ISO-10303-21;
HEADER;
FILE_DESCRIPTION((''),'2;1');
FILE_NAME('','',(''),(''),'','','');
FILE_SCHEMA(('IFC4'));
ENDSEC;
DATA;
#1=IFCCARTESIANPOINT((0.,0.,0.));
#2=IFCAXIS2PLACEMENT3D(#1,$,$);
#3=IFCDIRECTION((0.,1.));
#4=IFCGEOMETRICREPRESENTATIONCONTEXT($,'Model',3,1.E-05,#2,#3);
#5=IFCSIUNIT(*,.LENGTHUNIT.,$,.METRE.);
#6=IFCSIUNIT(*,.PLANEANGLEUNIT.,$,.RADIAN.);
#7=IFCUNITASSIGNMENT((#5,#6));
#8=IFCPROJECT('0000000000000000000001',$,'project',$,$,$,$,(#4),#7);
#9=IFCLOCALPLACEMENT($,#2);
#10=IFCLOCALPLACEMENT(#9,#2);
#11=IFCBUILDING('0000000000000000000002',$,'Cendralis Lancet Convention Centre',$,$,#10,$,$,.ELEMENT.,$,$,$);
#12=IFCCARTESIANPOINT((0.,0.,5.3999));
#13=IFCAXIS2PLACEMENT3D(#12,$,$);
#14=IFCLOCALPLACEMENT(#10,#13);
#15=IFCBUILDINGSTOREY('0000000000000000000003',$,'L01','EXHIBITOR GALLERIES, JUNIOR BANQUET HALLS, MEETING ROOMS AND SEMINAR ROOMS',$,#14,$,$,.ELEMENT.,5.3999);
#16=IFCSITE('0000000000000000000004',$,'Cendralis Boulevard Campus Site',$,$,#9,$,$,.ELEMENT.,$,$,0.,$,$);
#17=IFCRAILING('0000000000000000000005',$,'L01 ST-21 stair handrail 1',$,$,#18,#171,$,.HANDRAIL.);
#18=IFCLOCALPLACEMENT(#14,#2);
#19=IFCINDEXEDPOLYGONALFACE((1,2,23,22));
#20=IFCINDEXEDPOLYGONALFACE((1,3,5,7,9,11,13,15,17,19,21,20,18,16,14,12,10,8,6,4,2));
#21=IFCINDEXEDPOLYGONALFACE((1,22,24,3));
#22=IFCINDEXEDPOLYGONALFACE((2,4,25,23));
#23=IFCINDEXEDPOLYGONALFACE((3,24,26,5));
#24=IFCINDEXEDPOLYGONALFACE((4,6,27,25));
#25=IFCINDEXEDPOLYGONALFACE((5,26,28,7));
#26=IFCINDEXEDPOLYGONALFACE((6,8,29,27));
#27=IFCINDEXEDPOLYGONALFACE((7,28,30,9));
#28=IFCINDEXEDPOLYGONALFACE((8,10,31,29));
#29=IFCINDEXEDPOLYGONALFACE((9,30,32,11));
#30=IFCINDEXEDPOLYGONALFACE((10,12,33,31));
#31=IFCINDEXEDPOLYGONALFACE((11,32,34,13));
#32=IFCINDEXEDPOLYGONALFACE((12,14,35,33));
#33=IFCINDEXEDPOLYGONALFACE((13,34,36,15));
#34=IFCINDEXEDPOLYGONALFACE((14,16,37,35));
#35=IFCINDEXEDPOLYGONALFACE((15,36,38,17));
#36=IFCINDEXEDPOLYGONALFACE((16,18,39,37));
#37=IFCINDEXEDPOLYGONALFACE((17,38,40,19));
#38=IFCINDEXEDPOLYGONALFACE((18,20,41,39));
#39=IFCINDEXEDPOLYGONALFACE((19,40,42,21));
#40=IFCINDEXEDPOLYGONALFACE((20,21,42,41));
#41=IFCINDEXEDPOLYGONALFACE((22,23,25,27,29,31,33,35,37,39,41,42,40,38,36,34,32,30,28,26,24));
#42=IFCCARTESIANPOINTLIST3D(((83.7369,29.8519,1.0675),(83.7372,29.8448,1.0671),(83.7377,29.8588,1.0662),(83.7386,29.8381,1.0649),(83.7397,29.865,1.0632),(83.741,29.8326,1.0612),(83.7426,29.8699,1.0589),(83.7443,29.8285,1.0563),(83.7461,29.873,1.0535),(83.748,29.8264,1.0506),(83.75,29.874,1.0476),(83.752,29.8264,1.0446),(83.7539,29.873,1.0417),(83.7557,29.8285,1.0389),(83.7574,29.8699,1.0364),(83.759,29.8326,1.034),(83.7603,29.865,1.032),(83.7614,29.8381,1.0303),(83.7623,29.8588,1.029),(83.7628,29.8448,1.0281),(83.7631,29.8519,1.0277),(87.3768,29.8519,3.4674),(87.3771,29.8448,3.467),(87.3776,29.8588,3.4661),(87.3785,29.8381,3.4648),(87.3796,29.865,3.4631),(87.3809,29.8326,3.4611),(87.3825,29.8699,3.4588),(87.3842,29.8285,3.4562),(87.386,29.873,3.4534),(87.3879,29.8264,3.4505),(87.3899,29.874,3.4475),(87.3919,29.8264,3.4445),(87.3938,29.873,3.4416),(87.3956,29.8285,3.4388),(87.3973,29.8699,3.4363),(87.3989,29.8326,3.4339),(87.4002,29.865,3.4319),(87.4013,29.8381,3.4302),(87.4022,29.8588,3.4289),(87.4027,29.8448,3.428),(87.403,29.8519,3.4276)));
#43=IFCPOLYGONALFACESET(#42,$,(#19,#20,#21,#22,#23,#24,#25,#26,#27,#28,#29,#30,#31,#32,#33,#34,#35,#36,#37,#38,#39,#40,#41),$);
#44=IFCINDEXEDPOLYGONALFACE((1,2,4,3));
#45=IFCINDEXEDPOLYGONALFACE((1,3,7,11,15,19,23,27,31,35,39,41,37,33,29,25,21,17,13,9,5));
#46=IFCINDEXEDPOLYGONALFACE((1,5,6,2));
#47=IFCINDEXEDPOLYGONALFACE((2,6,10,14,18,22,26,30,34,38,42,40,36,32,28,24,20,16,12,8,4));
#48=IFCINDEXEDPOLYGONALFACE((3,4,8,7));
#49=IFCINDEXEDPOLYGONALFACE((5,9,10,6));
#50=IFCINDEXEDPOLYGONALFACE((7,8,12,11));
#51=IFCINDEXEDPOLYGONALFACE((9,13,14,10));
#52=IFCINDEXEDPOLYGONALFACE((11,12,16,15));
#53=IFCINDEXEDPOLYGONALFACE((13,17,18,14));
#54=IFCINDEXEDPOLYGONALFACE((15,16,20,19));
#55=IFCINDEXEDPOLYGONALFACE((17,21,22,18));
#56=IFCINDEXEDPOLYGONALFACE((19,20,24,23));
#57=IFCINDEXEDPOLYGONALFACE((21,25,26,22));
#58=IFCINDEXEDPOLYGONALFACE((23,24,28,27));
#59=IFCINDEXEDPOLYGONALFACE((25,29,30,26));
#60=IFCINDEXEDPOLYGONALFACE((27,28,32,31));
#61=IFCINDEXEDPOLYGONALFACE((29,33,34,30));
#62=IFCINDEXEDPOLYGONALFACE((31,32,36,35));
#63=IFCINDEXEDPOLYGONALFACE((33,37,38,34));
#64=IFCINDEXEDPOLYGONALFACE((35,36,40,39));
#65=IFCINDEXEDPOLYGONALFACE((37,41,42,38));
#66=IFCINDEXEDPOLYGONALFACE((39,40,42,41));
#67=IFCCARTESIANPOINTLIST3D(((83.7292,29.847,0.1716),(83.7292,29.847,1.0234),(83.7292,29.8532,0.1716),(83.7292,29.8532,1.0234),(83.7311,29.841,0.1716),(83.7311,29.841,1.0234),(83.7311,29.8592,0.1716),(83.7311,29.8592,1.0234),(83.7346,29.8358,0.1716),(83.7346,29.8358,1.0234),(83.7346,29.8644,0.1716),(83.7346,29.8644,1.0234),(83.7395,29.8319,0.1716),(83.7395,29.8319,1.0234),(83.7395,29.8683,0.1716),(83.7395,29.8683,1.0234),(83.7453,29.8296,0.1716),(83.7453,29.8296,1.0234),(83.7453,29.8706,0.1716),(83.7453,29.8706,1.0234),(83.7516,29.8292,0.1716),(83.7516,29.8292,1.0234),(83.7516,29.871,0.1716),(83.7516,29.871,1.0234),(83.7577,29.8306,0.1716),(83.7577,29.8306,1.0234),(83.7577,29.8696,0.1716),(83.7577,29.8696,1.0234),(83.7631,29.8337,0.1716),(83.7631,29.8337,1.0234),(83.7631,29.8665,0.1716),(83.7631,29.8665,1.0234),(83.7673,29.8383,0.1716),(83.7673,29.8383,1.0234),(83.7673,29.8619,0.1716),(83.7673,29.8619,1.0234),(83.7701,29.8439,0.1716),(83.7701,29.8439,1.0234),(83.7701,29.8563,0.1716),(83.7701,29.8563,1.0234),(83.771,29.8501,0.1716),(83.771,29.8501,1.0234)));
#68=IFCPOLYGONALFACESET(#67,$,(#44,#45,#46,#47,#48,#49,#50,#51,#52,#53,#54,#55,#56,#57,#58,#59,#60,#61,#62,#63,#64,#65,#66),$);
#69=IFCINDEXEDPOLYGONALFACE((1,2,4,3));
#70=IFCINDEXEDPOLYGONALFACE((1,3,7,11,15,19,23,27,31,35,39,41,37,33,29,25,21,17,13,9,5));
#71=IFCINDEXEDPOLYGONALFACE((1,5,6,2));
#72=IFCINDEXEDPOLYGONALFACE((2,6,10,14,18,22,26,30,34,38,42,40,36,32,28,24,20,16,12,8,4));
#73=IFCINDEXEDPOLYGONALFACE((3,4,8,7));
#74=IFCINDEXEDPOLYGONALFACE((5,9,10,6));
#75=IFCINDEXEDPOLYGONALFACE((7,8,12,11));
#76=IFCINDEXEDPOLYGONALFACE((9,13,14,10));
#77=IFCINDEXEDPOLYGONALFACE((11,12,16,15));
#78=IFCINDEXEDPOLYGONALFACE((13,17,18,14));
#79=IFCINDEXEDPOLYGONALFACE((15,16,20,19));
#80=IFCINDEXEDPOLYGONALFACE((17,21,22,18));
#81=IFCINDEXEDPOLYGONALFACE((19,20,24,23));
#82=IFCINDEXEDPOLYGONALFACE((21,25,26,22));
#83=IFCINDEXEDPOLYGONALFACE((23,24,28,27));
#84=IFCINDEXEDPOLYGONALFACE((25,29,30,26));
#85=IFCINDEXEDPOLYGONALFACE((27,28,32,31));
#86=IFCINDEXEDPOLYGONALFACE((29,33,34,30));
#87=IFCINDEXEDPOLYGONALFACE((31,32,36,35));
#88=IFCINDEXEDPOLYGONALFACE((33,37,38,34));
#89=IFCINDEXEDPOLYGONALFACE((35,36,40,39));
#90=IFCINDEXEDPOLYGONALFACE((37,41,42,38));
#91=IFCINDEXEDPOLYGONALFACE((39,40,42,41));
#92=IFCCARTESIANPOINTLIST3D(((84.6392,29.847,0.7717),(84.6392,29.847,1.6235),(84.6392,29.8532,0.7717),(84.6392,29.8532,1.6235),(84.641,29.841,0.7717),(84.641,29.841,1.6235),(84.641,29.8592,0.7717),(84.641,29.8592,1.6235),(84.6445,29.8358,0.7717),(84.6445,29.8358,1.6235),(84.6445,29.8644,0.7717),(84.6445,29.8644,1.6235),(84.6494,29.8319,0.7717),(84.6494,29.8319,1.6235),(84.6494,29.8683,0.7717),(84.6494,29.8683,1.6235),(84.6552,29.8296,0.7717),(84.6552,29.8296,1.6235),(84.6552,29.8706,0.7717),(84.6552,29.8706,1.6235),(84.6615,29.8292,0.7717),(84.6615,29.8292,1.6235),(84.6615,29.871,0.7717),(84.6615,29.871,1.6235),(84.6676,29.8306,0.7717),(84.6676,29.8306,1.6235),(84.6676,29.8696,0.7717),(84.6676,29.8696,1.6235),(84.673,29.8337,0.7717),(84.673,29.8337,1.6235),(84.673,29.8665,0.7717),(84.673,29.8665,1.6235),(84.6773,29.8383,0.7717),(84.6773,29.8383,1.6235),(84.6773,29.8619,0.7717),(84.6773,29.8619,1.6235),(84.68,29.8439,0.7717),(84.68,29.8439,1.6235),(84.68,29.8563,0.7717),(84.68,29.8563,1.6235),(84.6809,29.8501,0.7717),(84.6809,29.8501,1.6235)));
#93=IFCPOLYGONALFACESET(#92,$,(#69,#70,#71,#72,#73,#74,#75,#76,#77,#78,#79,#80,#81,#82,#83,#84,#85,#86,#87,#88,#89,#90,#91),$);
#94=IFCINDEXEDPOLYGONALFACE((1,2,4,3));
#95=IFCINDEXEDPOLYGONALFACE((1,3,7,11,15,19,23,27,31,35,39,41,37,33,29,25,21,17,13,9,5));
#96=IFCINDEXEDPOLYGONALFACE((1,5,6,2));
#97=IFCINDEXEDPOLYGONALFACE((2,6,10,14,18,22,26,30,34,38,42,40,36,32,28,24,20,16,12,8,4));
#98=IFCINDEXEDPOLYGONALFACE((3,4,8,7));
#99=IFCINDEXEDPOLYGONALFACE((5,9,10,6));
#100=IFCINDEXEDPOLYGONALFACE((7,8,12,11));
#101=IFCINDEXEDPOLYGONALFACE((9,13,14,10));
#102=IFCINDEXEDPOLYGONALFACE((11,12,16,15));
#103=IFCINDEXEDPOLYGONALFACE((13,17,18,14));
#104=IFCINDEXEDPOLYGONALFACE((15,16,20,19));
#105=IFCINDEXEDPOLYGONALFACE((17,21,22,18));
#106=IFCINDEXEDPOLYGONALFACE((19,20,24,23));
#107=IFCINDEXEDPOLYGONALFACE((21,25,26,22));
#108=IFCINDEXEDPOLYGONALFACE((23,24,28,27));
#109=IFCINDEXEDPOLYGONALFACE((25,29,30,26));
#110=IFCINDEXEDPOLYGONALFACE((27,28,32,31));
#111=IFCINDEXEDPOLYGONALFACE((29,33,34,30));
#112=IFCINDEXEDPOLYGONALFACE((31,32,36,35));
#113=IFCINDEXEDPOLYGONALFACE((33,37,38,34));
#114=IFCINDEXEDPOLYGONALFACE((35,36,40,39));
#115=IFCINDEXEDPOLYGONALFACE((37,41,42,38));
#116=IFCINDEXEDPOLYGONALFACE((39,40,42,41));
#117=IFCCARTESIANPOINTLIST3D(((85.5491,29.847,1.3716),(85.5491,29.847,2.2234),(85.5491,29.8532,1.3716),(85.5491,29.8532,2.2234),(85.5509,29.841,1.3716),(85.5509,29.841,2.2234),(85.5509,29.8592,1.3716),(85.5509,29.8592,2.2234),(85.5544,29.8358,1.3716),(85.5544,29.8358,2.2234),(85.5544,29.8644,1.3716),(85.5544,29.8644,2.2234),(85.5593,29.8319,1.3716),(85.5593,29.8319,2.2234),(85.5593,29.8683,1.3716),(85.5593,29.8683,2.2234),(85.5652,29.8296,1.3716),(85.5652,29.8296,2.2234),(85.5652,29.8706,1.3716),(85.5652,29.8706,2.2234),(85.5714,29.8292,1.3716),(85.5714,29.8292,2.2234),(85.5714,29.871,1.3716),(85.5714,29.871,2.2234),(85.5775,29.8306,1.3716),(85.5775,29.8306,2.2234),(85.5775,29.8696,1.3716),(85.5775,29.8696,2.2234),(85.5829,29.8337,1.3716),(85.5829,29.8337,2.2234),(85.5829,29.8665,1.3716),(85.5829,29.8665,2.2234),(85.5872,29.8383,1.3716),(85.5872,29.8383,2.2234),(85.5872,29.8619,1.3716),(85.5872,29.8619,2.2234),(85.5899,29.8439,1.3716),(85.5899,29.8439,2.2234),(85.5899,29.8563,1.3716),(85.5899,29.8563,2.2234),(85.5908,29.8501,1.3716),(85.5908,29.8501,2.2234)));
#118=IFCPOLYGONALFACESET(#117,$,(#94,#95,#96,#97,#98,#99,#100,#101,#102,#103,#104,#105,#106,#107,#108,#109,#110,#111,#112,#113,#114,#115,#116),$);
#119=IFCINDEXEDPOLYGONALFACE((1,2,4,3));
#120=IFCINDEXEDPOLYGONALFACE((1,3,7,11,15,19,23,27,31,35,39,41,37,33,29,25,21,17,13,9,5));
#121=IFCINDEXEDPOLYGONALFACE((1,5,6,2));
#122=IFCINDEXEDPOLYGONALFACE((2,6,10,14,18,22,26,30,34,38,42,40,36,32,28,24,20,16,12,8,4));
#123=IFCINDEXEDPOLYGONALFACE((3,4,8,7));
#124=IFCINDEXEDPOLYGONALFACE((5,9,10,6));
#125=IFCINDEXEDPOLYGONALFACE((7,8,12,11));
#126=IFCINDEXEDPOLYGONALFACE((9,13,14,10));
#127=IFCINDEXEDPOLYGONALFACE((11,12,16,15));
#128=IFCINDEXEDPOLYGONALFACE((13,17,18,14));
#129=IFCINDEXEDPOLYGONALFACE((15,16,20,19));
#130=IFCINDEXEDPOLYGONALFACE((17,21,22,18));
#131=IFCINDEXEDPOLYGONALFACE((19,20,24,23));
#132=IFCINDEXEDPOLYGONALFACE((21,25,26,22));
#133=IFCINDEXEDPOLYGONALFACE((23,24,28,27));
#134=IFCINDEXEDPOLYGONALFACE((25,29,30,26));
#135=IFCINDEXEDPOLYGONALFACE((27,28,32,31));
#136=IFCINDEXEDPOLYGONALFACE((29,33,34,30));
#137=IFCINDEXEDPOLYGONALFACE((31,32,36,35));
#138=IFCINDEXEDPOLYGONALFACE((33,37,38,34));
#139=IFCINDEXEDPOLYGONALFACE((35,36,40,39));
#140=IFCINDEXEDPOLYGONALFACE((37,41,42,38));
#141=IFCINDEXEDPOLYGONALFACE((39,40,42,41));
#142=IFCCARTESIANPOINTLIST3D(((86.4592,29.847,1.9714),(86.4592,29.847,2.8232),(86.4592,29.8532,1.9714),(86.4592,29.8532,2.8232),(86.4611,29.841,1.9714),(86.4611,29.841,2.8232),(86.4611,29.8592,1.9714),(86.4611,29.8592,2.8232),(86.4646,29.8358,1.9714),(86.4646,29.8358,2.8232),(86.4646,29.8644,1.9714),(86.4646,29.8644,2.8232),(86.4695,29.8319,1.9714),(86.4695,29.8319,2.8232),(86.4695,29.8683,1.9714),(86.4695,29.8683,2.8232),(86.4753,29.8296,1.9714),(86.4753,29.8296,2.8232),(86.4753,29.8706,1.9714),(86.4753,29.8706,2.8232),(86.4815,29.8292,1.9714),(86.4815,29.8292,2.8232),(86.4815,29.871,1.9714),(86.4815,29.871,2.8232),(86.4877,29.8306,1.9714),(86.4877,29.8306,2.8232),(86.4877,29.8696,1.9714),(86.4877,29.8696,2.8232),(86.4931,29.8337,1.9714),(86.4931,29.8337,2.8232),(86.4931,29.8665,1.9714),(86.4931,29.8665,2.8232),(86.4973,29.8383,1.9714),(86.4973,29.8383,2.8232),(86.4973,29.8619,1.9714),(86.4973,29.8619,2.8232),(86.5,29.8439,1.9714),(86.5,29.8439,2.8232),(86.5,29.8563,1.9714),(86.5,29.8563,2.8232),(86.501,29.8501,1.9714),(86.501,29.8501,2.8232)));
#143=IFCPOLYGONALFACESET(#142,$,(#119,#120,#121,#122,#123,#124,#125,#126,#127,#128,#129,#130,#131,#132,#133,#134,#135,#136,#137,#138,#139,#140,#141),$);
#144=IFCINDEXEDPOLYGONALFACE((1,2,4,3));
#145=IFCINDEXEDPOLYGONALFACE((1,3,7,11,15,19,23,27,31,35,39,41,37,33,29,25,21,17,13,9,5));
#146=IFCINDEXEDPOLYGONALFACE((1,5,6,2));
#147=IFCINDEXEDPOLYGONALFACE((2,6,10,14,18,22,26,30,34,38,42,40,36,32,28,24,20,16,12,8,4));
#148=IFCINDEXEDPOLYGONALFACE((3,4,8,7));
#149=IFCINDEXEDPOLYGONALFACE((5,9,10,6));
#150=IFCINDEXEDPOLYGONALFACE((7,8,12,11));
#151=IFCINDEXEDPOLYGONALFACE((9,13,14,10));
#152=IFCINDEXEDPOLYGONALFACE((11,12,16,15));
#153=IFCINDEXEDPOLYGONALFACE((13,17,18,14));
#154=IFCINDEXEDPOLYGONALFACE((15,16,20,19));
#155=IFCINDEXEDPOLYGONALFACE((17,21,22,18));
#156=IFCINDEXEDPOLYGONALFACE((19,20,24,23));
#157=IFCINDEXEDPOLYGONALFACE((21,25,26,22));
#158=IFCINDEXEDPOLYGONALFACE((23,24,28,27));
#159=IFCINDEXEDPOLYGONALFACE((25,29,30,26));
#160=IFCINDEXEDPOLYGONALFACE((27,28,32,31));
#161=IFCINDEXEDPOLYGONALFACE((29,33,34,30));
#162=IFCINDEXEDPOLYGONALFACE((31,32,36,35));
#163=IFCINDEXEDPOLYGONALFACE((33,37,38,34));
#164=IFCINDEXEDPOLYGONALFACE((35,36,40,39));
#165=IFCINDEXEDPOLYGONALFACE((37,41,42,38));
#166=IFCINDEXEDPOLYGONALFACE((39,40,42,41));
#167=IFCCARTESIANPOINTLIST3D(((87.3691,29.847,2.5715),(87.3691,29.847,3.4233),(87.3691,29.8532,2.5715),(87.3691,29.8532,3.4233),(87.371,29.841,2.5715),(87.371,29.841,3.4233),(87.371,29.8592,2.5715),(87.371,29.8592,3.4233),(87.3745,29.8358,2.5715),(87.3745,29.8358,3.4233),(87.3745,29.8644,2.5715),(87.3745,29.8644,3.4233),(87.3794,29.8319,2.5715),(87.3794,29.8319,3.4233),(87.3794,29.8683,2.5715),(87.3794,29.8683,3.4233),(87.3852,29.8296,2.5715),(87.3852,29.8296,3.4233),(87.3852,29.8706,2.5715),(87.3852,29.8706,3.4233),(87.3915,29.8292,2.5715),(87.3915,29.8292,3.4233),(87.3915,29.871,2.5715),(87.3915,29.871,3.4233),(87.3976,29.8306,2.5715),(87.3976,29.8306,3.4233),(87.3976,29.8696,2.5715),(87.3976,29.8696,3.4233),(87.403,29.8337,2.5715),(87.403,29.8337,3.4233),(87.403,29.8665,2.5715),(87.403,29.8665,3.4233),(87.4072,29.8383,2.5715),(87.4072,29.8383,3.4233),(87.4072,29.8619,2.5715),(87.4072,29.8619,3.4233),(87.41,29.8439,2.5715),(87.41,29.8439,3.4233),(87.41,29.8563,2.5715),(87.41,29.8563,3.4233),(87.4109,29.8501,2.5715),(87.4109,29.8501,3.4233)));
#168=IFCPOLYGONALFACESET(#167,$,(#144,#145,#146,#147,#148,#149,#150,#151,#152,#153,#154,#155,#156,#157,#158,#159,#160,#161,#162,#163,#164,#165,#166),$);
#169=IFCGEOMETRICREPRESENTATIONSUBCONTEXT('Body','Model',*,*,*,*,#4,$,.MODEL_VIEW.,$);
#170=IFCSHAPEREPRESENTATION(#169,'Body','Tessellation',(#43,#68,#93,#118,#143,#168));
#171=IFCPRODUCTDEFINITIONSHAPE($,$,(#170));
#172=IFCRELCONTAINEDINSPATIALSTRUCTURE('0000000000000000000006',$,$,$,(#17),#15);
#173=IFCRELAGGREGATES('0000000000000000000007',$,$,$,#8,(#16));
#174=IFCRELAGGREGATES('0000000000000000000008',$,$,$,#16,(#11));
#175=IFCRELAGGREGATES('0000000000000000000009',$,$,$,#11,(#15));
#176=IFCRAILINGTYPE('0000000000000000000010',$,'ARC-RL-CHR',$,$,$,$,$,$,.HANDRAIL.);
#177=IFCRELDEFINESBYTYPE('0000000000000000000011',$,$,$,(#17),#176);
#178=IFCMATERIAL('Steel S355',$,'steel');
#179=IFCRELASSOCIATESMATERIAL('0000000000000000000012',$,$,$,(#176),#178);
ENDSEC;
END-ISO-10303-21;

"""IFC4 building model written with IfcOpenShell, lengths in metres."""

from ifc_helpers import new_model, si_unit, direction, frame, origin, origin_2d, place, context, subcontext, project, spatial, circle, extrude, material, type_object, element, save


model = new_model("IFC4")

# Units and contexts
model_context = context("Model", 3, precision=1e-05, world=origin(), true_north=direction((0.0, 1.0)))
body_context = subcontext(model_context, "Body", "Model", "MODEL_VIEW")
ifc_project = project(units=[si_unit("LENGTHUNIT", "METRE"), si_unit("PLANEANGLEUNIT", "RADIAN")], contexts=[model_context])

# Site, building, storey
site_placement = place(None, origin())
site = spatial("IfcSite", under=ifc_project, at=site_placement, Name="Cendralis Boulevard Campus Site", CompositionType="ELEMENT", RefElevation=0.0)
building_placement = place(site_placement, origin())
building = spatial("IfcBuilding", under=site, at=building_placement, Name="Cendralis Lancet Convention Centre", CompositionType="ELEMENT")
storey_placement = place(building_placement, frame((0.0, 0.0, 5.3999)))
storey = spatial("IfcBuildingStorey", under=building, at=storey_placement, Name="L01", Description="EXHIBITOR GALLERIES, JUNIOR BANQUET HALLS, MEETING ROOMS AND SEMINAR ROOMS", CompositionType="ELEMENT", Elevation=5.3999)

# Shared definitions
ifc_material_1 = material(Name="Steel S355", Category="steel")

# Railing
railing_type_1 = type_object("IfcRailingType", Name="ARC-RL-CHR", PredefinedType="HANDRAIL", material=ifc_material_1)
railing_1_placement = place(storey_placement, frame((83.75, 29.8501, 0.1716)))
element("IfcRailing", 1, at=railing_1_placement, inside=storey, type_object=railing_type_1, Name="L01 ST-21 stair handrail 1", PredefinedType="HANDRAIL", context=body_context, shape_type="SweptSolid", body=[
    extrude(circle(Radius=0.0239, at=origin_2d()), frame((0.0, 0.0, 0.876), z_axis=(0.834865, 0.0, 0.550454), x_axis=(0.0, 1.0, 0.0)), (0.0, 0.0, 1.0), 4.3599),
    extrude(circle(Radius=0.021, at=origin_2d()), origin(), (0.0, 0.0, 1.0), 0.8518),
    extrude(circle(Radius=0.021, at=origin_2d()), frame((0.9099, 0.0, 0.6001)), (0.0, 0.0, 1.0), 0.8518),
    extrude(circle(Radius=0.021, at=origin_2d()), frame((1.8198, 0.0, 1.2)), (0.0, 0.0, 1.0), 0.8518),
    extrude(circle(Radius=0.021, at=origin_2d()), frame((2.73, 0.0, 1.7998)), (0.0, 0.0, 1.0), 0.8518),
    extrude(circle(Radius=0.021, at=origin_2d()), frame((3.6399, 0.0, 2.3999)), (0.0, 0.0, 1.0), 0.8518),
])

save(model, "model.ifc")
